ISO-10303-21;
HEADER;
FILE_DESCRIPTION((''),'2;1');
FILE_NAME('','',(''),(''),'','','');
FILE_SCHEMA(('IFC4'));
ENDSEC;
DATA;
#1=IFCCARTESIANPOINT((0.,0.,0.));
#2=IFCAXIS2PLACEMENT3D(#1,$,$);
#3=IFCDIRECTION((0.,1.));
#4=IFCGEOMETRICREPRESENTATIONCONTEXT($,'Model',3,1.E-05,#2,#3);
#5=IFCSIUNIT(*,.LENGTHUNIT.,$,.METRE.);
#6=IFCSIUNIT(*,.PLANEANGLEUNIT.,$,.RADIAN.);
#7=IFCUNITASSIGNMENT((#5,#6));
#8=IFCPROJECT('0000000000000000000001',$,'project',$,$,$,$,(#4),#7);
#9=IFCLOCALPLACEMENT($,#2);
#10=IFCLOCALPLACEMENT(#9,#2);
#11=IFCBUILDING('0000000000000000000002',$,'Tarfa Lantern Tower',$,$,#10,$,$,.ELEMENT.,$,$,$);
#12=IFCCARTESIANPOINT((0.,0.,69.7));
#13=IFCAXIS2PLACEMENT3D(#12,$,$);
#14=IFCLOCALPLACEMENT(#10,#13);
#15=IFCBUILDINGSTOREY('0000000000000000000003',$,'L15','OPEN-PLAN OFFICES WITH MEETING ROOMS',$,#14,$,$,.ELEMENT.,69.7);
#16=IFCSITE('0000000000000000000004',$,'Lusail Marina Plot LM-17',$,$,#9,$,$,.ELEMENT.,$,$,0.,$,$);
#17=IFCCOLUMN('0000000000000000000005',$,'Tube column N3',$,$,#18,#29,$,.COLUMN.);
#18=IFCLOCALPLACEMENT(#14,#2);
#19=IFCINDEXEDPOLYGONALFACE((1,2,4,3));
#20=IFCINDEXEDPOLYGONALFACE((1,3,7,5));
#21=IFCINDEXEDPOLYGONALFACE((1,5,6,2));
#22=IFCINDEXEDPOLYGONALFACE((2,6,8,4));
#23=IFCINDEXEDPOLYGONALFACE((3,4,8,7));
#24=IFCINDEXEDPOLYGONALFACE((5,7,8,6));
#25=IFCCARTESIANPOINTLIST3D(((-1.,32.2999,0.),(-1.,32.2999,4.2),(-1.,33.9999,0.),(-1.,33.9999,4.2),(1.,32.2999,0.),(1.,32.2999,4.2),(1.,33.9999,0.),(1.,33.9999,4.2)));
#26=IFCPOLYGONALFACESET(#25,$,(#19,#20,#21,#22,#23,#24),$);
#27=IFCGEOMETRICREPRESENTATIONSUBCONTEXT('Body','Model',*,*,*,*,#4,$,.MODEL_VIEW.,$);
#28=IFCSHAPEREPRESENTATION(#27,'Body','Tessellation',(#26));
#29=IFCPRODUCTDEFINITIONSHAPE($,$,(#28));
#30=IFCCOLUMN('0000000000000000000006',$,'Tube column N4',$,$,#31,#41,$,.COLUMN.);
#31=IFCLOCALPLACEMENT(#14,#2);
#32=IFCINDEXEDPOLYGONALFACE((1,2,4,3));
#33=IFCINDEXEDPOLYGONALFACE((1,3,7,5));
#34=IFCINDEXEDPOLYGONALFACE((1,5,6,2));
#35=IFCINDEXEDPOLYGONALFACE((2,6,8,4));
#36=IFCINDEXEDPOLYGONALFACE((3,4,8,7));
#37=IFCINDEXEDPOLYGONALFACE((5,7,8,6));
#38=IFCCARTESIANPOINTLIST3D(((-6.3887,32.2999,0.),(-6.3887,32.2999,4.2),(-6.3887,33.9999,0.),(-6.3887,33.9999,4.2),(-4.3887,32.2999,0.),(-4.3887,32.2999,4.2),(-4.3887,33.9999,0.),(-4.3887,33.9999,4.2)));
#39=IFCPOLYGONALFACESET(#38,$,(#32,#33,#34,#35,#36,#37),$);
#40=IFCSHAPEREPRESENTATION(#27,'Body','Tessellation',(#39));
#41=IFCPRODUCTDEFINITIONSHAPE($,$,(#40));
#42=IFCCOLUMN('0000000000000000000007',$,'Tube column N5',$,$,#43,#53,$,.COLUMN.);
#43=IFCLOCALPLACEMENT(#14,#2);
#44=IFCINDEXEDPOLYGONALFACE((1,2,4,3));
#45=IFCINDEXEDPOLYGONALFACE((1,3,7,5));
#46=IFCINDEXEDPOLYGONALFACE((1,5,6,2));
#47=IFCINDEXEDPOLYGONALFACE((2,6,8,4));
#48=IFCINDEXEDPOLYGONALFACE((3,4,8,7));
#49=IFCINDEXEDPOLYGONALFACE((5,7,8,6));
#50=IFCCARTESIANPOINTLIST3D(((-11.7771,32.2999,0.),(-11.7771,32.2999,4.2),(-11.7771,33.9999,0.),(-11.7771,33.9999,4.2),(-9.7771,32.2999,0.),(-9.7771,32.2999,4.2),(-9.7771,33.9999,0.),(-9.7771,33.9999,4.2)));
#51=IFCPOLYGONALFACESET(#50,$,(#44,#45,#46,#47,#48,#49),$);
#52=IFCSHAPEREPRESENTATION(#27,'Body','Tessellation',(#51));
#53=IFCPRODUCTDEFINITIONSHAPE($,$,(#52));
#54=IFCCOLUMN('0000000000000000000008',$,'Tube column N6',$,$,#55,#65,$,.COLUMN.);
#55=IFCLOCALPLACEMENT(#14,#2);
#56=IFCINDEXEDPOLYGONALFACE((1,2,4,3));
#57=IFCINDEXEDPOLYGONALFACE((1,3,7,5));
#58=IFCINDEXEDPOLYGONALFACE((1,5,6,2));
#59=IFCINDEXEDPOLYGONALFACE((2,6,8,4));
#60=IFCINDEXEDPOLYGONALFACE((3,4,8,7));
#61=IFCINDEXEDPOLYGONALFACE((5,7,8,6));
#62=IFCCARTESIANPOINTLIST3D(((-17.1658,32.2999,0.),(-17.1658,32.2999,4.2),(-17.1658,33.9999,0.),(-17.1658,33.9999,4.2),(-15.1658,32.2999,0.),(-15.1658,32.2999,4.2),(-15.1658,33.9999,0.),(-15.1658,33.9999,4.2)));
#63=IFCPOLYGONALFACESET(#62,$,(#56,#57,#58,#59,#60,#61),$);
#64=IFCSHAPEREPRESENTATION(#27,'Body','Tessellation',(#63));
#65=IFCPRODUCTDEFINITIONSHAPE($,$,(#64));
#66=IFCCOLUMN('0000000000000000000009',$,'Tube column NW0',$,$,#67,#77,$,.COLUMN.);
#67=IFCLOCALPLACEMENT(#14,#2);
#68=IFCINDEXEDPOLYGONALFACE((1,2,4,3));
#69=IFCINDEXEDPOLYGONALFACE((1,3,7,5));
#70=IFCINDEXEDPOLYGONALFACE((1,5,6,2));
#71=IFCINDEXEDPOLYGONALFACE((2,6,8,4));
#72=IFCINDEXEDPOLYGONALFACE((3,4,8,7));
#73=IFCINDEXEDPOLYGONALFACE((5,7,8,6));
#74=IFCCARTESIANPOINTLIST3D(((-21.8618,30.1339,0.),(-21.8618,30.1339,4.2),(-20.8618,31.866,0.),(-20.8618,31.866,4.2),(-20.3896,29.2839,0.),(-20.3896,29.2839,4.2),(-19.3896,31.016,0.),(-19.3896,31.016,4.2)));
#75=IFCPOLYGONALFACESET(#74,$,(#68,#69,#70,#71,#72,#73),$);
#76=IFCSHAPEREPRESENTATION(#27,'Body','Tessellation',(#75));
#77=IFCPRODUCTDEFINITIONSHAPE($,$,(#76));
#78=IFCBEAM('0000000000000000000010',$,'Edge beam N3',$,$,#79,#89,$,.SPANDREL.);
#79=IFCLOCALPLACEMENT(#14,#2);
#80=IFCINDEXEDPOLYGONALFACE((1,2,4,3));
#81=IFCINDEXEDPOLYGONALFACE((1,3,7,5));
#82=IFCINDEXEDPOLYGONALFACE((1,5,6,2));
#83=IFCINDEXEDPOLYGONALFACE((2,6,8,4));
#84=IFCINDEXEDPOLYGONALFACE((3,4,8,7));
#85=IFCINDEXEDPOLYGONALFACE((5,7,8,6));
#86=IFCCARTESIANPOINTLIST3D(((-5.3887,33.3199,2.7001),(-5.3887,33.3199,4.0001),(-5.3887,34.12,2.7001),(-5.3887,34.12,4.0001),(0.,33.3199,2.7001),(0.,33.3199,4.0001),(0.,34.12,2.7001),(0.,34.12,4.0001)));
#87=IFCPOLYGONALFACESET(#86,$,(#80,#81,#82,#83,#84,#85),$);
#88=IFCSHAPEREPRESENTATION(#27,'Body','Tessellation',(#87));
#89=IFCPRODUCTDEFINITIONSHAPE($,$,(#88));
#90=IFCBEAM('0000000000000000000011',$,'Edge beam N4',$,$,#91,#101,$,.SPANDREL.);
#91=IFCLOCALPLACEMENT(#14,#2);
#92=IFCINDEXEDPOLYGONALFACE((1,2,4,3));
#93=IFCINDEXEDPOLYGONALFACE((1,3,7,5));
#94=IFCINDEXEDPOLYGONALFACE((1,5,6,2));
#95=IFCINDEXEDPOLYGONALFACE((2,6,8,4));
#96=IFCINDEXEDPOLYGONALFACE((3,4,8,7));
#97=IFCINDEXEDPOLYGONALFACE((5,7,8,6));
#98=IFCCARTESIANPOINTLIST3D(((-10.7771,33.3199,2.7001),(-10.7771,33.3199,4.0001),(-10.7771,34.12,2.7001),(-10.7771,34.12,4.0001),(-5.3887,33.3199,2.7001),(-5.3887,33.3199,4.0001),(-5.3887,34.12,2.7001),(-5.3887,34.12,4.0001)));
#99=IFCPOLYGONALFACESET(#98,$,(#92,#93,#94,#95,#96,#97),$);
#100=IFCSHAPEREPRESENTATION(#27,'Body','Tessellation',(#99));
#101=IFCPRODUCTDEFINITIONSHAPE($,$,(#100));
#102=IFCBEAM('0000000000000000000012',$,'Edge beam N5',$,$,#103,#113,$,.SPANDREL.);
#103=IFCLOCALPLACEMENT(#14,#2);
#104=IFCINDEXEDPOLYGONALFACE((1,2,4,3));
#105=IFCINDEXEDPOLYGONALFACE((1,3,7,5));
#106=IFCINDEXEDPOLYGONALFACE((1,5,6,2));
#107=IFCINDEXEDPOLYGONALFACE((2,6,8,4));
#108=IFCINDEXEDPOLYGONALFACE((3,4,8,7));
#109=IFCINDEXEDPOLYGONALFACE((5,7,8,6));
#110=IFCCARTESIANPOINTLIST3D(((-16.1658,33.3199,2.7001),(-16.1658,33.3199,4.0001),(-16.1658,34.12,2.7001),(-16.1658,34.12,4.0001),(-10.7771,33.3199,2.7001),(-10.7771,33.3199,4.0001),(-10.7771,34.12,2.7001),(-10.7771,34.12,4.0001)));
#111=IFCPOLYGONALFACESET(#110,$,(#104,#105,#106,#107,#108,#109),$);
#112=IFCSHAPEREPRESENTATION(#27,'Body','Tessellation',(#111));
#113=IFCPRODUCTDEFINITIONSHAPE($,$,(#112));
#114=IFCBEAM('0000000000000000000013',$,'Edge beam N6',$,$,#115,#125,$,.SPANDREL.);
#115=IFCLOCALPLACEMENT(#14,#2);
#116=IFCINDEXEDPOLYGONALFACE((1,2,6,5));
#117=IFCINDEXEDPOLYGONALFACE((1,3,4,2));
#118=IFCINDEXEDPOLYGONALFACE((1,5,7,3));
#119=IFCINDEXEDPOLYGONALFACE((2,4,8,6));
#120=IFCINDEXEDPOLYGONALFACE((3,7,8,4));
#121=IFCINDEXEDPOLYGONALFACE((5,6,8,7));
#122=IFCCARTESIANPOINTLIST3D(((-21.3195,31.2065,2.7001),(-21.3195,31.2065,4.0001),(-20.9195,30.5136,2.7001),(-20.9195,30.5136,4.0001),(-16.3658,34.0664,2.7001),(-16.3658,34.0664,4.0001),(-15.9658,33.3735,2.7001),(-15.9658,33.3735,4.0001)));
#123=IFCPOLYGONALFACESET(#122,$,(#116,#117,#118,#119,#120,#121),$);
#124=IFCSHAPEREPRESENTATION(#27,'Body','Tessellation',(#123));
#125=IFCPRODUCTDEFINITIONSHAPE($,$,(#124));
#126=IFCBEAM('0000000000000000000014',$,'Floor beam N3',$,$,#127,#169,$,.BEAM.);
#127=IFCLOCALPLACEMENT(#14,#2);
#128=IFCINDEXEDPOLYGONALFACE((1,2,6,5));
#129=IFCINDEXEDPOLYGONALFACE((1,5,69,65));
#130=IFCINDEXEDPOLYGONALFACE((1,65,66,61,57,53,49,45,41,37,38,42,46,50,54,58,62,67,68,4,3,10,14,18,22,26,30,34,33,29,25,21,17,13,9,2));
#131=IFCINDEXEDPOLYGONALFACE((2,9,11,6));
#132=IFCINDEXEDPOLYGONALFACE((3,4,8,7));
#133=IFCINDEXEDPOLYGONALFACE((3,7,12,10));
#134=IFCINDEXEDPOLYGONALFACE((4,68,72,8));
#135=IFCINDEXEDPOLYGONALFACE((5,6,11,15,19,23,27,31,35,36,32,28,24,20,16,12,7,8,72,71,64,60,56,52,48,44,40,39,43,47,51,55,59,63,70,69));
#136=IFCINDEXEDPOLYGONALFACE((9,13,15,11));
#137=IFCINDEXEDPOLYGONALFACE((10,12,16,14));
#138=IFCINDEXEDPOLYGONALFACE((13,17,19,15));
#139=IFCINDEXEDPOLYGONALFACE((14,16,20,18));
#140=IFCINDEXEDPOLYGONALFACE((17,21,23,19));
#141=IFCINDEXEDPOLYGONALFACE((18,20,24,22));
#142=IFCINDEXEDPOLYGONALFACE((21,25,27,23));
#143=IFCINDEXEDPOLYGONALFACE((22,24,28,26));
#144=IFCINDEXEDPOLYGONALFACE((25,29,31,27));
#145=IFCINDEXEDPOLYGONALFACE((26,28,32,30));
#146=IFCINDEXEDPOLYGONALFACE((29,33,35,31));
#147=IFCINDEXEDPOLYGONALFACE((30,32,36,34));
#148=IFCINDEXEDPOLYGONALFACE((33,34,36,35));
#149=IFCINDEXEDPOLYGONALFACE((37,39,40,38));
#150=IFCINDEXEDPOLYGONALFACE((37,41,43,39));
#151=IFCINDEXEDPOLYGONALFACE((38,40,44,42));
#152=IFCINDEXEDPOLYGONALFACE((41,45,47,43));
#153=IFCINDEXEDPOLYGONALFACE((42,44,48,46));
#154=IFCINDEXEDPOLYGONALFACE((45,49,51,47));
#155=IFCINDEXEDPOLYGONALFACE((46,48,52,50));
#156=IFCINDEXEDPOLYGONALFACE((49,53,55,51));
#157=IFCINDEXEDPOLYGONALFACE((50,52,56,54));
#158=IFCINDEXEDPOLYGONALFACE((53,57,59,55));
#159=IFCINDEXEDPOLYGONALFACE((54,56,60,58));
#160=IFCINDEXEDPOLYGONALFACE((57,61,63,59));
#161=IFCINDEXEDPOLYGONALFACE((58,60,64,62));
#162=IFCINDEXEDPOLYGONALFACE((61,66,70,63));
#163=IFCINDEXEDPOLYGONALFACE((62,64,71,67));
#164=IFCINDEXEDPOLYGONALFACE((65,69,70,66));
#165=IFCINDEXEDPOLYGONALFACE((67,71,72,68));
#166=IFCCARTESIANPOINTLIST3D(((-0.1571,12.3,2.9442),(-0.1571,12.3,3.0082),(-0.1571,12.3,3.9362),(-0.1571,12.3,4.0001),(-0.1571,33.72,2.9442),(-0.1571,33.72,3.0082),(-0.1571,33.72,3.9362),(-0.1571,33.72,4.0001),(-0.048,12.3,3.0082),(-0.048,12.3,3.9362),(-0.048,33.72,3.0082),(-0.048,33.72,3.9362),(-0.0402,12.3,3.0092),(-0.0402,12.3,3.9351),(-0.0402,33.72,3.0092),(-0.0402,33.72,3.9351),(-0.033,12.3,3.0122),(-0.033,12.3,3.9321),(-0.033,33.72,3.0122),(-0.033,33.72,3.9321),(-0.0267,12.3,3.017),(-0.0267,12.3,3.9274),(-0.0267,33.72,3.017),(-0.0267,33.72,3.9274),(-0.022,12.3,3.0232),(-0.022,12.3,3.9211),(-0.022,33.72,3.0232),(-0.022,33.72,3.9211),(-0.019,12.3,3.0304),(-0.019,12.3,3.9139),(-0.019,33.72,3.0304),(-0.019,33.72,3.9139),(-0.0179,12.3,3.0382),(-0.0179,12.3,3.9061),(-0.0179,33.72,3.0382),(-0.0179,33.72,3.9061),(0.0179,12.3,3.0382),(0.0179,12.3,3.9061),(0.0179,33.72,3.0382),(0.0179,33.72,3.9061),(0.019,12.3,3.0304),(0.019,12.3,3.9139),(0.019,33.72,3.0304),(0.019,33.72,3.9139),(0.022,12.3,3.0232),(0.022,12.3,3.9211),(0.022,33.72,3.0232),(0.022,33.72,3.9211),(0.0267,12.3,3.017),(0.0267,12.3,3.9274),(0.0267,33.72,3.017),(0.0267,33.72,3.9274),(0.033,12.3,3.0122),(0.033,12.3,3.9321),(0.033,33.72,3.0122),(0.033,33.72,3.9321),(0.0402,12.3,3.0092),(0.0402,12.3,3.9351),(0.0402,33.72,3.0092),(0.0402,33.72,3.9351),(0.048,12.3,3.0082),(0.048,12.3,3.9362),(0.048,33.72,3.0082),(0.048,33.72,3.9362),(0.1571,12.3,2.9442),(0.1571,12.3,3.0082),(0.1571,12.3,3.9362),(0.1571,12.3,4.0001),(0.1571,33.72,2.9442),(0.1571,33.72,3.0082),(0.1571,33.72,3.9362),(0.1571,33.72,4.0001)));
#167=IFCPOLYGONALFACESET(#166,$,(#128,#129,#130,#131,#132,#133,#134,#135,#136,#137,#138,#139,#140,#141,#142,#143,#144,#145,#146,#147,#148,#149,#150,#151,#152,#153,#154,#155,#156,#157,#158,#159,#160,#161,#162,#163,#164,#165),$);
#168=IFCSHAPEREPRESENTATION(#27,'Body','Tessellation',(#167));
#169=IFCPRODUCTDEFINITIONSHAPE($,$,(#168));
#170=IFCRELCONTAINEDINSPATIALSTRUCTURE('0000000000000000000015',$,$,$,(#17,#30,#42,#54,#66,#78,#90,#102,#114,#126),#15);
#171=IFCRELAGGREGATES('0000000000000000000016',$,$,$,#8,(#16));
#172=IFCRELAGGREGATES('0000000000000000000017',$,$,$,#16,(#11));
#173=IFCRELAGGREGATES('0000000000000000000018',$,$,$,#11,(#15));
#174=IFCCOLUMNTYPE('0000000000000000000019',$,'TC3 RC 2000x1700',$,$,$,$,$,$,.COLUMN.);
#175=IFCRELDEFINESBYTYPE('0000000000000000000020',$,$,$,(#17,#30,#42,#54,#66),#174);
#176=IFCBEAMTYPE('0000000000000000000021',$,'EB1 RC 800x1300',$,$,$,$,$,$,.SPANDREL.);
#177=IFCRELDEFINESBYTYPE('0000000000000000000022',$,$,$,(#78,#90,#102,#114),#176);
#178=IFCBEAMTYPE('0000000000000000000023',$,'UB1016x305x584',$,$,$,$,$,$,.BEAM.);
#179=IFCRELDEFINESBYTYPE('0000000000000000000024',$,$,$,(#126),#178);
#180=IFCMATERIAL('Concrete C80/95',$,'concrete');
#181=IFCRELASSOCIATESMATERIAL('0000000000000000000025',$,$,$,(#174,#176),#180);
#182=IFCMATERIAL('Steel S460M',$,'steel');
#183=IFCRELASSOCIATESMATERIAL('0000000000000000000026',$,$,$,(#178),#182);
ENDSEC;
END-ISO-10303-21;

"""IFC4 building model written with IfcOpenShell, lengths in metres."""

from ifc_helpers import new_model, si_unit, direction, frame, origin, origin_2d, place, context, subcontext, project, spatial, rectangle, i_section, extrude, material, material_profile, profile_set, type_object, element, save


model = new_model("IFC4")

# Units and contexts
model_context = context("Model", 3, precision=1e-05, world=origin(), true_north=direction((0.0, 1.0)))
body_context = subcontext(model_context, "Body", "Model", "MODEL_VIEW")
ifc_project = project(units=[si_unit("LENGTHUNIT", "METRE"), si_unit("PLANEANGLEUNIT", "RADIAN")], contexts=[model_context])

# Site, building, storey
site_placement = place(None, origin())
site = spatial("IfcSite", under=ifc_project, at=site_placement, Name="Lusail Marina Plot LM-17", CompositionType="ELEMENT", RefElevation=0.0)
building_placement = place(site_placement, origin())
building = spatial("IfcBuilding", under=site, at=building_placement, Name="Tarfa Lantern Tower", CompositionType="ELEMENT")
storey_placement = place(building_placement, frame((0.0, 0.0, 69.7)))
storey = spatial("IfcBuildingStorey", under=building, at=storey_placement, Name="L15", Description="OPEN-PLAN OFFICES WITH MEETING ROOMS", CompositionType="ELEMENT", Elevation=69.7)

# Columns
ifc_material_1 = material(Name="Concrete C80/95", Category="concrete")
ifc_material_profile_1 = material_profile(ifc_material_1, rectangle(XDim=2.0, YDim=1.7, at=origin_2d()), Name="RC 2000x1700")
ifc_profile_set_1 = profile_set([ifc_material_profile_1], Name="Concrete C80/95")
column_type = type_object("IfcColumnType", Name="TC3 RC 2000x1700", PredefinedType="COLUMN", material=ifc_profile_set_1)
for number, where, z_axis, x_axis, name in (
    (1, (0.0, 33.1499, 0.0), (0.0, 0.0, 1.0), (-1.0, 0.0, 0.0), "Tube column N3"),
    (2, (-5.3887, 33.1499, 0.0), (0.0, 0.0, 1.0), (-1.0, 0.0, 0.0), "Tube column N4"),
    (3, (-10.7771, 33.1499, 0.0), (0.0, 0.0, 1.0), (-1.0, 0.0, 0.0), "Tube column N5"),
    (4, (-16.1658, 33.1499, 0.0), (0.0, 0.0, 1.0), (-1.0, 0.0, 0.0), "Tube column N6"),
    (5, (-20.6257, 30.575, 0.0), (0.0, 0.0, 1.0), (-0.5, -0.866025, 0.0), "Tube column NW0"),
):
    element("IfcColumn", number, at=place(storey_placement, frame(where, z_axis=z_axis, x_axis=x_axis)), inside=storey, type_object=column_type, Name=name, PredefinedType="COLUMN", context=body_context, shape_type="SweptSolid", body=[
        extrude(rectangle(XDim=2.0, YDim=1.7, at=origin_2d()), origin(), (0.0, 0.0, 1.0), 4.2),
    ])

# Beams
ifc_material_profile_2 = material_profile(ifc_material_1, rectangle(XDim=0.8, YDim=1.3, at=origin_2d()), Name="RC 800x1300")
ifc_profile_set_2 = profile_set([ifc_material_profile_2], Name="Concrete C80/95")
beam_type_1 = type_object("IfcBeamType", Name="EB1 RC 800x1300", PredefinedType="SPANDREL", material=ifc_profile_set_2)
beam_1_placement = place(storey_placement, frame((0.0, 33.72, 3.3501), z_axis=(-1.0, 0.0, 0.0), x_axis=(0.0, -1.0, 0.0)))
element("IfcBeam", 6, at=beam_1_placement, inside=storey, type_object=beam_type_1, Name="Edge beam N3", PredefinedType="SPANDREL", context=body_context, shape_type="SweptSolid", body=[
    extrude(rectangle(XDim=0.8, YDim=1.3, at=origin_2d()), origin(), (0.0, 0.0, 1.0), 5.3887),
])
beam_2_placement = place(storey_placement, frame((-5.3887, 33.72, 3.3501), z_axis=(-1.0, 0.0, 0.0), x_axis=(0.0, -1.0, 0.0)))
element("IfcBeam", 7, at=beam_2_placement, inside=storey, type_object=beam_type_1, Name="Edge beam N4", PredefinedType="SPANDREL", context=body_context, shape_type="SweptSolid", body=[
    extrude(rectangle(XDim=0.8, YDim=1.3, at=origin_2d()), origin(), (0.0, 0.0, 1.0), 5.3884),
])
beam_3_placement = place(storey_placement, frame((-10.7771, 33.72, 3.3501), z_axis=(-1.0, 0.0, 0.0), x_axis=(0.0, -1.0, 0.0)))
element("IfcBeam", 8, at=beam_3_placement, inside=storey, type_object=beam_type_1, Name="Edge beam N5", PredefinedType="SPANDREL", context=body_context, shape_type="SweptSolid", body=[
    extrude(rectangle(XDim=0.8, YDim=1.3, at=origin_2d()), origin(), (0.0, 0.0, 1.0), 5.3887),
])
beam_4_placement = place(storey_placement, frame((-16.1658, 33.72, 3.3501), z_axis=(-0.866033, -0.499986, 0.0), x_axis=(0.499986, -0.866033, 0.0)))
element("IfcBeam", 9, at=beam_4_placement, inside=storey, type_object=beam_type_1, Name="Edge beam N6", PredefinedType="SPANDREL", context=body_context, shape_type="SweptSolid", body=[
    extrude(rectangle(XDim=0.8, YDim=1.3, at=origin_2d()), origin(), (0.0, 0.0, 1.0), 5.72),
])
ifc_material_2 = material(Name="Steel S460M", Category="steel")
ifc_material_profile_3 = material_profile(ifc_material_2, i_section(OverallWidth=0.3142, OverallDepth=1.0559, WebThickness=0.0359, FlangeThickness=0.064, FilletRadius=0.03, at=origin_2d()), Name="UB1016x305x584")
ifc_profile_set_3 = profile_set([ifc_material_profile_3], Name="Steel S460M")
beam_type_2 = type_object("IfcBeamType", Name="UB1016x305x584", PredefinedType="BEAM", material=ifc_profile_set_3)
for number, where, z_axis, x_axis, name in (
    (10, (0.0, 33.72, 3.4722), (0.0, -1.0, 0.0), (1.0, 0.0, 0.0), "Floor beam N3"),
):
    element("IfcBeam", number, at=place(storey_placement, frame(where, z_axis=z_axis, x_axis=x_axis)), inside=storey, type_object=beam_type_2, Name=name, PredefinedType="BEAM", context=body_context, shape_type="SweptSolid", body=[
        extrude(i_section(OverallWidth=0.3142, OverallDepth=1.0559, WebThickness=0.0359, FlangeThickness=0.064, FilletRadius=0.03, at=origin_2d()), origin(), (0.0, 0.0, 1.0), 21.4199),
    ])

save(model, "model.ifc")
